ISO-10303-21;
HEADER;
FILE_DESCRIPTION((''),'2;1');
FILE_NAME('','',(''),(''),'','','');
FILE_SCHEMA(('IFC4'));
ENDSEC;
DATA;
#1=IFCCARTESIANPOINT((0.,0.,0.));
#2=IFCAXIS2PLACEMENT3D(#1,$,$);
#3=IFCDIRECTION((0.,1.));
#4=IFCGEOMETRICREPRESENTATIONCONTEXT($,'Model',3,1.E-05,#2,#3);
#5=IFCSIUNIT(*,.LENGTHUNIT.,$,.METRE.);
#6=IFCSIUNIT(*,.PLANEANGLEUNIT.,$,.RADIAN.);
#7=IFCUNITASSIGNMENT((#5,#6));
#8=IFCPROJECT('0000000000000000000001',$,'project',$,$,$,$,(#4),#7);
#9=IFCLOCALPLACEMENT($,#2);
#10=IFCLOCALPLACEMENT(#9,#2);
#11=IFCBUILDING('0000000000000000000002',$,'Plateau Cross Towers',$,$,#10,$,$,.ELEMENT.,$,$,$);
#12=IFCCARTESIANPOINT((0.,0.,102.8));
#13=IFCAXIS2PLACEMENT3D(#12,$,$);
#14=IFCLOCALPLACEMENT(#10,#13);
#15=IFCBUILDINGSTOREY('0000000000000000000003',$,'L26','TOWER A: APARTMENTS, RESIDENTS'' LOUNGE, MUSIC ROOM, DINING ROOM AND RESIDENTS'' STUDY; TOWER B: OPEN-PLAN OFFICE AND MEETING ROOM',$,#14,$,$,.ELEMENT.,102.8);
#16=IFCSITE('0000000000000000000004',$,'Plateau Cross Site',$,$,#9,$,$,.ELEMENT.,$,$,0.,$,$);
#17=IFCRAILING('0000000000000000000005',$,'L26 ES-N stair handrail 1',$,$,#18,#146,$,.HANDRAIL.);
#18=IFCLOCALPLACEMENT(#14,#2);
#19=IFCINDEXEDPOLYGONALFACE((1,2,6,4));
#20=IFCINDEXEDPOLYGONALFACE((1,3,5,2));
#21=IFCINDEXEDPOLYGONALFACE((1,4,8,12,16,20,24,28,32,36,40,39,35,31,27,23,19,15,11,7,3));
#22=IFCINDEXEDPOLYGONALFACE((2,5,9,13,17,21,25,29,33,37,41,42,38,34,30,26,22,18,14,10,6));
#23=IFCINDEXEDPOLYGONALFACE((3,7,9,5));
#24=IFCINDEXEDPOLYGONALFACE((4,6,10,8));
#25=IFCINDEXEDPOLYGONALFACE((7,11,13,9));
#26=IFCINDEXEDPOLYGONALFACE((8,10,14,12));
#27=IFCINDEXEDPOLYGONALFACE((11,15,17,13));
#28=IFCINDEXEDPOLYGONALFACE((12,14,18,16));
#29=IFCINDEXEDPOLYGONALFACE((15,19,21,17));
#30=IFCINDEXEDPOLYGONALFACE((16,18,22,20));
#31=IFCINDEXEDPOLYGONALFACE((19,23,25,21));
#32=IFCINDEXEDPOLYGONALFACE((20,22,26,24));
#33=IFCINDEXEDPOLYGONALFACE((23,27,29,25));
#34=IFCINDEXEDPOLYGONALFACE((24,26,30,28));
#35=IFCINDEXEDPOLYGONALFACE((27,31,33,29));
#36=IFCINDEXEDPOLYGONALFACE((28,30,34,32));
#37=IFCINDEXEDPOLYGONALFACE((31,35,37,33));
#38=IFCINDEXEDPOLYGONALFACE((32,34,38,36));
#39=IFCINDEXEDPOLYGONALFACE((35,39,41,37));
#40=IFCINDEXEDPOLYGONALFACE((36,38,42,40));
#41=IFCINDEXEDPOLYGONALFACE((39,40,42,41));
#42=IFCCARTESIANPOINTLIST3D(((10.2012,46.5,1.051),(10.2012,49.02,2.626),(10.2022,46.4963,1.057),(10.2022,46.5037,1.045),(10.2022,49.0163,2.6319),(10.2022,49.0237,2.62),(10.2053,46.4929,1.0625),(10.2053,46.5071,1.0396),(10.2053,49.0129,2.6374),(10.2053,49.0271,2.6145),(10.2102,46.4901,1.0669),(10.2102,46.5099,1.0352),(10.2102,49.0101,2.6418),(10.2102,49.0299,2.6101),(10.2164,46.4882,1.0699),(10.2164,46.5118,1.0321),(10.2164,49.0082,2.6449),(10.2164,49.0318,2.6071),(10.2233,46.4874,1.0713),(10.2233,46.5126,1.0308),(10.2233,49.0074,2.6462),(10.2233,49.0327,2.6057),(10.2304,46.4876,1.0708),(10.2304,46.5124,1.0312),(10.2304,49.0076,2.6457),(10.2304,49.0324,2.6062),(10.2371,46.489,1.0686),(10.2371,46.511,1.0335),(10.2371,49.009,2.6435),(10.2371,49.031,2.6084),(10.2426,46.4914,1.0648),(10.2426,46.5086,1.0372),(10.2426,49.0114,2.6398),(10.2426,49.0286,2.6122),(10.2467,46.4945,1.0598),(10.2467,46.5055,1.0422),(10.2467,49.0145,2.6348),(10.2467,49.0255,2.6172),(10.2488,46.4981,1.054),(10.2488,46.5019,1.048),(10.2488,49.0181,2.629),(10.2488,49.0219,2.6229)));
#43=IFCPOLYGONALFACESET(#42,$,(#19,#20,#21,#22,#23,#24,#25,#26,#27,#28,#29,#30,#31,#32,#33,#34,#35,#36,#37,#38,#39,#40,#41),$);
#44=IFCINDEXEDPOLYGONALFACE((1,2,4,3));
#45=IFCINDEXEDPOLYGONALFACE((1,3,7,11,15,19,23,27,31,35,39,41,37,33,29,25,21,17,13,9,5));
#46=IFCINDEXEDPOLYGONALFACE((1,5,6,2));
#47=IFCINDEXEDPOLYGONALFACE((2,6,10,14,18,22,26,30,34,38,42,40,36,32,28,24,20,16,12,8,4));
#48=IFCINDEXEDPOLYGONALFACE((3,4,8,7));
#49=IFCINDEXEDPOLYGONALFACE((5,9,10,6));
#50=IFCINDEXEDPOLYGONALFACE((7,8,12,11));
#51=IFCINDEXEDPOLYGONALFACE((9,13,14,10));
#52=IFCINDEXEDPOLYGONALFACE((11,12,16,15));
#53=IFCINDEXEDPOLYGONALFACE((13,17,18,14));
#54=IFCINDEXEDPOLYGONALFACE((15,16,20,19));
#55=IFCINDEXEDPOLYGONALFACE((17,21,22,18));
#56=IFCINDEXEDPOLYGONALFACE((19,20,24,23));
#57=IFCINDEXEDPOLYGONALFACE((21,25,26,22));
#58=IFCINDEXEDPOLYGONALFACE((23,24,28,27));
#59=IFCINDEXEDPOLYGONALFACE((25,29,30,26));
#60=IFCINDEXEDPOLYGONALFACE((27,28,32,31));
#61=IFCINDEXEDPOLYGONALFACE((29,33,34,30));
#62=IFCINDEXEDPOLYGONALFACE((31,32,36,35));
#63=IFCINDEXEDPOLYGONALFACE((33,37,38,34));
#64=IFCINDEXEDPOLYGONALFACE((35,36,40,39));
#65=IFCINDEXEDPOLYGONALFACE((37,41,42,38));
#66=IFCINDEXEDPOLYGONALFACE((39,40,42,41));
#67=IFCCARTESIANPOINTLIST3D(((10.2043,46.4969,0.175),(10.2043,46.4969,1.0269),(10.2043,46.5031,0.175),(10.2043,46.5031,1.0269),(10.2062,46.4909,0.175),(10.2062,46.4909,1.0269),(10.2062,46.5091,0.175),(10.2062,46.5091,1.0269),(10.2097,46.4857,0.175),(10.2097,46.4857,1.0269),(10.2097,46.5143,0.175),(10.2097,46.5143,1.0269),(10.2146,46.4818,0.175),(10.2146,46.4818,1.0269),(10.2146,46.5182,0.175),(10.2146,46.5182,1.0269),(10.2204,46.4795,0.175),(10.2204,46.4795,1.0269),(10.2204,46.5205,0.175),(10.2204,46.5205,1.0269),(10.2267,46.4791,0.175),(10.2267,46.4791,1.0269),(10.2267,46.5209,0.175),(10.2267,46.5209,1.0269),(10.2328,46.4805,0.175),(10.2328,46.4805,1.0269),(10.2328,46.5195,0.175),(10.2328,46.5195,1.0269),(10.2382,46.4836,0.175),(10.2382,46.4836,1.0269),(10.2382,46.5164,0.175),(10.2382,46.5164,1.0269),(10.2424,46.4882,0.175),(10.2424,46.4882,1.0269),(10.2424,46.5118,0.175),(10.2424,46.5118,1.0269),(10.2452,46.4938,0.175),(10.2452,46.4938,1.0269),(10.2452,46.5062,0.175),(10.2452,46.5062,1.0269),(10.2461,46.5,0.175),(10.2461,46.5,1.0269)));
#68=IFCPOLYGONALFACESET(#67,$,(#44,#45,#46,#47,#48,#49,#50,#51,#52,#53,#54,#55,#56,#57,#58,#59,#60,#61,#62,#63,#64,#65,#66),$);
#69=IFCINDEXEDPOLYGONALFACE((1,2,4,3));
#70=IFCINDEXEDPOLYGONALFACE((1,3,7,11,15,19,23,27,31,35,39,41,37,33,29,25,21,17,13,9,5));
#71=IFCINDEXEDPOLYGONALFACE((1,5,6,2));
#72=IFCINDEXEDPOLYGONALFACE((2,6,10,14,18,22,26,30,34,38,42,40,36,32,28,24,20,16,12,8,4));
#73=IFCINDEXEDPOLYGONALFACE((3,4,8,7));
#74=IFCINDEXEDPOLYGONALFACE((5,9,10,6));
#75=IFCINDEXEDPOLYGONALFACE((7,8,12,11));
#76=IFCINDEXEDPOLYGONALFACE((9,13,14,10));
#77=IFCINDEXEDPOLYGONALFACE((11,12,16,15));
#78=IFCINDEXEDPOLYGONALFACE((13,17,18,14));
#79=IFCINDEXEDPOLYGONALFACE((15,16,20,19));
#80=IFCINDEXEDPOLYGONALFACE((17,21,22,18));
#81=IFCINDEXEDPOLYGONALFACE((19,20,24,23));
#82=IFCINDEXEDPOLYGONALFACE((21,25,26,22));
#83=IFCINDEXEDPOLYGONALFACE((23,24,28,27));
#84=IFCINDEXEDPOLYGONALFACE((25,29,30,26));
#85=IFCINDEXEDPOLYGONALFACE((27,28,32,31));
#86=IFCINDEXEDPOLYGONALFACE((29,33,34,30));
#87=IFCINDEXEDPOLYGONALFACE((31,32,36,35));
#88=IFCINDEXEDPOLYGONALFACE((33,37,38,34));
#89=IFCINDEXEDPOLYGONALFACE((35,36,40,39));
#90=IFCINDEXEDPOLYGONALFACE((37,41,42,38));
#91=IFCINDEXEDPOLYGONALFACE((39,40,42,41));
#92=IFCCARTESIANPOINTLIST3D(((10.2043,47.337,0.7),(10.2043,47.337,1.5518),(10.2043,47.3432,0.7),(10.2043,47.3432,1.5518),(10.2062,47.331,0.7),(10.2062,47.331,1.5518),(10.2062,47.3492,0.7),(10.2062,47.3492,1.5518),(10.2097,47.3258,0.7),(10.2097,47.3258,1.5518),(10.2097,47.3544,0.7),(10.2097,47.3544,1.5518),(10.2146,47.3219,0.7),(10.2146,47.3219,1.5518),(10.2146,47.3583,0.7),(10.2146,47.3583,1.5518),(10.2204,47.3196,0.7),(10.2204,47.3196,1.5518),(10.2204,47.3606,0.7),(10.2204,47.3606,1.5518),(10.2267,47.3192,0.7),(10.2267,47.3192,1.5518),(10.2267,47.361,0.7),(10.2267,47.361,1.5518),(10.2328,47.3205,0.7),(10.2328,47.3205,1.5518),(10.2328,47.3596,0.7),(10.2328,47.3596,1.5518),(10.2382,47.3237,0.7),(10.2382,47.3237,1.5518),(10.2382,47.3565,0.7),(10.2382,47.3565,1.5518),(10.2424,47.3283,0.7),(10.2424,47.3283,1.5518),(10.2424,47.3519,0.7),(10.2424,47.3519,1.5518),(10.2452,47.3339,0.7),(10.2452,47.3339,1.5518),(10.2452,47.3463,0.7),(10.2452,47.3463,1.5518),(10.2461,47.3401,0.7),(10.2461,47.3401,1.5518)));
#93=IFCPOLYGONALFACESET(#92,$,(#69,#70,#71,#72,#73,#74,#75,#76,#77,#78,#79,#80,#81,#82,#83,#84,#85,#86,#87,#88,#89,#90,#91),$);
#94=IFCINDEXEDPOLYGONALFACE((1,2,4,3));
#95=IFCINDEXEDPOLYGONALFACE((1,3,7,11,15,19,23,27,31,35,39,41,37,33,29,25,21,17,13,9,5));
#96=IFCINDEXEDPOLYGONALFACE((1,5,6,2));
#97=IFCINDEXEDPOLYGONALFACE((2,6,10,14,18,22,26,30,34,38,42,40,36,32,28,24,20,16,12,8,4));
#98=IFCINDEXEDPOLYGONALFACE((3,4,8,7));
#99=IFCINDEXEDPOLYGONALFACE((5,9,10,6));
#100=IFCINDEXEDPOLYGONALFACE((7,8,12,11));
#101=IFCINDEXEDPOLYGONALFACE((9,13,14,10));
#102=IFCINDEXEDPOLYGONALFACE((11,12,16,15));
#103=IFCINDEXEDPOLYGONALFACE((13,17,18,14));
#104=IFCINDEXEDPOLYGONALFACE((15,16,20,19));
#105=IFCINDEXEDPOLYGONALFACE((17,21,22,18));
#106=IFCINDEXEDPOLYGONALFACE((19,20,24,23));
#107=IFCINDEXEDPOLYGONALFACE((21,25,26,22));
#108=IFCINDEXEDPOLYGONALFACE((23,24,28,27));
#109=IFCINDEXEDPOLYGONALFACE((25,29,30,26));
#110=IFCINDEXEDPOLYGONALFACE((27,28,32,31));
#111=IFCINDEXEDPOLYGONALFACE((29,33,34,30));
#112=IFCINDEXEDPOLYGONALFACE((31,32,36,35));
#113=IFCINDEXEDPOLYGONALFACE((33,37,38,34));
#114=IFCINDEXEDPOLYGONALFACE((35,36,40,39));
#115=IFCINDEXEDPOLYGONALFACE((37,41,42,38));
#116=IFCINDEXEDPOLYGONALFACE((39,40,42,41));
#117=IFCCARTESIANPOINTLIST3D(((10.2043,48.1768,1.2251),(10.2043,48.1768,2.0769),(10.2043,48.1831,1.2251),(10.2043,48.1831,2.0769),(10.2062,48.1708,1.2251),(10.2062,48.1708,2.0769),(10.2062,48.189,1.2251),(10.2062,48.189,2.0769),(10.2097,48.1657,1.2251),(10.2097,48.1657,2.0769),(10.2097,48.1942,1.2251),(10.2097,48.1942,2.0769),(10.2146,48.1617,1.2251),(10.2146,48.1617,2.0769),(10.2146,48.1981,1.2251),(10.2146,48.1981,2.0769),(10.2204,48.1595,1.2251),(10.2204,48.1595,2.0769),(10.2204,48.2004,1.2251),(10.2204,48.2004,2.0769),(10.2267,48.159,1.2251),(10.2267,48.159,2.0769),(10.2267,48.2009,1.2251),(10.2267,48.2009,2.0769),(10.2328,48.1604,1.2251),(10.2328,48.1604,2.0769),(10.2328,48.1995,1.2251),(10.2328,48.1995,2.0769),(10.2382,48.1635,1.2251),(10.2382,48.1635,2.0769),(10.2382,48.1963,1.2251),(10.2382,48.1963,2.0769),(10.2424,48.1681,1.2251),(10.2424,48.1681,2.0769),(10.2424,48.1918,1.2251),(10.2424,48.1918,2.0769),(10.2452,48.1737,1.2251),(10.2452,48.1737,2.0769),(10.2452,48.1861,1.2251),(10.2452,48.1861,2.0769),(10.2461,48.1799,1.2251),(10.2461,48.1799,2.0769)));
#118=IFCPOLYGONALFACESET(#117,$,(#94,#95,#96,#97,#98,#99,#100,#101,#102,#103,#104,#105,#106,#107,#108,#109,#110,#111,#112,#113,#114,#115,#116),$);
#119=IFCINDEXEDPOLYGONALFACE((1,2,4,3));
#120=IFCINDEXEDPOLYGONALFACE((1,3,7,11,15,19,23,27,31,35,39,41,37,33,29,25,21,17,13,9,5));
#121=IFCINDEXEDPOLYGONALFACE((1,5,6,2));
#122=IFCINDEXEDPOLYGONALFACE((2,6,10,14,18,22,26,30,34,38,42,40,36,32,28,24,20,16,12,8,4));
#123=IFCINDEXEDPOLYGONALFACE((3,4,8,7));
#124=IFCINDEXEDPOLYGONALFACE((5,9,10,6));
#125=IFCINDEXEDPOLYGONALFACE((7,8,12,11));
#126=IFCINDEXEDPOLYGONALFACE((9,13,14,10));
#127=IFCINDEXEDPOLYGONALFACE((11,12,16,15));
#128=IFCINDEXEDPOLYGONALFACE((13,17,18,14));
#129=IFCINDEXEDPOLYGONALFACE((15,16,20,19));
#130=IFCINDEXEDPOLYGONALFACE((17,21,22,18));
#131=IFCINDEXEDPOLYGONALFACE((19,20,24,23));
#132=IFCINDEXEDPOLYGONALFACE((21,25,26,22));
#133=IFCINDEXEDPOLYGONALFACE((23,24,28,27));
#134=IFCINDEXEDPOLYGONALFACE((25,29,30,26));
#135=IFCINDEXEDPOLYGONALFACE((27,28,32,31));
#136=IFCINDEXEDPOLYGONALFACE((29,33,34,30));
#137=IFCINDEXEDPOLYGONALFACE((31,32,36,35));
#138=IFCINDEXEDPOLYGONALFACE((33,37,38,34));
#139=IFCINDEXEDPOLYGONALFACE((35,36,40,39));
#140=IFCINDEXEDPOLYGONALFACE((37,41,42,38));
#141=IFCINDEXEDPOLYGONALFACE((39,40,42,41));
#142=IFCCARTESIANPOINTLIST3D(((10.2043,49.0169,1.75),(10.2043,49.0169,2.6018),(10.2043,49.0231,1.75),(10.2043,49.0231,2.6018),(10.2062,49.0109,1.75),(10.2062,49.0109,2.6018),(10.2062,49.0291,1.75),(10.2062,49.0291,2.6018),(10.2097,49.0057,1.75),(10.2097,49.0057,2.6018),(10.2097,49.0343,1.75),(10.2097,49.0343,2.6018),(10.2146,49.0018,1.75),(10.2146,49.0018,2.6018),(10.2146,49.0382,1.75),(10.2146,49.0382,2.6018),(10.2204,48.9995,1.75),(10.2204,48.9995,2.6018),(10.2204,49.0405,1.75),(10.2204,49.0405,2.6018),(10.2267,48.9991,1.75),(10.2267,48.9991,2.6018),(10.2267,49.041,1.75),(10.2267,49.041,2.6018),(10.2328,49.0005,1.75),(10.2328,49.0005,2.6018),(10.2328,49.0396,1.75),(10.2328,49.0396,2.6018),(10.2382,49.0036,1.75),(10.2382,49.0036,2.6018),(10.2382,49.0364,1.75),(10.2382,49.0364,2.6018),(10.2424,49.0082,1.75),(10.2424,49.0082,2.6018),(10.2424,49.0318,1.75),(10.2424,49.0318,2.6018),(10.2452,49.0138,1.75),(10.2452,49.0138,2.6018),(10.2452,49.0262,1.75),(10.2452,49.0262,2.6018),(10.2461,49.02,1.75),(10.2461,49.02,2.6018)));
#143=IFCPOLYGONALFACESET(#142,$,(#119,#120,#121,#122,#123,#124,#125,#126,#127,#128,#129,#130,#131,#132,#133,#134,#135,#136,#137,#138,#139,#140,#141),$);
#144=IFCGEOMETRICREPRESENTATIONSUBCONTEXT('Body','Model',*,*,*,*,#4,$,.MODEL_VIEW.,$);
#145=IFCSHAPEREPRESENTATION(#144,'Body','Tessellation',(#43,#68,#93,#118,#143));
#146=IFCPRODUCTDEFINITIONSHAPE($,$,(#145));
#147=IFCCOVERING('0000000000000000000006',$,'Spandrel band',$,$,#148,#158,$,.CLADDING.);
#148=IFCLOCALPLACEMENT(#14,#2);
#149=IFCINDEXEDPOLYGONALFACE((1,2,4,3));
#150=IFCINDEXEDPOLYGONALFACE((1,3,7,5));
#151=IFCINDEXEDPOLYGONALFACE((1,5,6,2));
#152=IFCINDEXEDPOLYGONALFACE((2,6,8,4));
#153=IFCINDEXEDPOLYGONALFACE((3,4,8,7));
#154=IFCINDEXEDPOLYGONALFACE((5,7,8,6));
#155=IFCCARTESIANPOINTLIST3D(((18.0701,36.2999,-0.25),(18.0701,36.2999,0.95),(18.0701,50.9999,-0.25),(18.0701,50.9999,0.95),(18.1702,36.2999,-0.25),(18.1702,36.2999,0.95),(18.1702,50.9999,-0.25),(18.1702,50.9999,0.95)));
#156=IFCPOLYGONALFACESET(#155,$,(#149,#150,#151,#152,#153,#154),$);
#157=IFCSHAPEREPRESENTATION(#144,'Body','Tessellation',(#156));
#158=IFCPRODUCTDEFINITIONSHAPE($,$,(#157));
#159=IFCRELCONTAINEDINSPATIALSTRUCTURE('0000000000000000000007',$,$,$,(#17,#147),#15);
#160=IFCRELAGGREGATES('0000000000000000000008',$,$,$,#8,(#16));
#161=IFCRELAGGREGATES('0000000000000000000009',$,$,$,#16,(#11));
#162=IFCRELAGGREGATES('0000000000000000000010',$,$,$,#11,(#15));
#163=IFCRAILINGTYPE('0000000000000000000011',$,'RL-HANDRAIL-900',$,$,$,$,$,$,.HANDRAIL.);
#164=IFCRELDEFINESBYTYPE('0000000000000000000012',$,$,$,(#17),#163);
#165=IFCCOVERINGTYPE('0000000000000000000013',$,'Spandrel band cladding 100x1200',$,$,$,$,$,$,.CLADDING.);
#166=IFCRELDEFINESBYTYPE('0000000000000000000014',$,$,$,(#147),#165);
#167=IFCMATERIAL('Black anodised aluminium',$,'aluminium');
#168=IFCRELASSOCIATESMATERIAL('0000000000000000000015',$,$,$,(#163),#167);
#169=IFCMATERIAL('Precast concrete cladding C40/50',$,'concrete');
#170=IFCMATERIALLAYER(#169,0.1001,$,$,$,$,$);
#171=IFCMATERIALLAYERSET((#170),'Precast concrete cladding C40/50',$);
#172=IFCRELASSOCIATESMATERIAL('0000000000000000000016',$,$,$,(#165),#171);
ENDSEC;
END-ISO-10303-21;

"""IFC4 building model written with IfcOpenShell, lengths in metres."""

from ifc_helpers import new_model, si_unit, direction, frame, origin, origin_2d, place, context, subcontext, project, spatial, rectangle, circle, extrude, material, layer, layer_set, type_object, element, save


model = new_model("IFC4")

# Units and contexts
model_context = context("Model", 3, precision=1e-05, world=origin(), true_north=direction((0.0, 1.0)))
body_context = subcontext(model_context, "Body", "Model", "MODEL_VIEW")
ifc_project = project(units=[si_unit("LENGTHUNIT", "METRE"), si_unit("PLANEANGLEUNIT", "RADIAN")], contexts=[model_context])

# Site, building, storey
site_placement = place(None, origin())
site = spatial("IfcSite", under=ifc_project, at=site_placement, Name="Plateau Cross Site", CompositionType="ELEMENT", RefElevation=0.0)
building_placement = place(site_placement, origin())
building = spatial("IfcBuilding", under=site, at=building_placement, Name="Plateau Cross Towers", CompositionType="ELEMENT")
storey_placement = place(building_placement, frame((0.0, 0.0, 102.8)))
storey = spatial("IfcBuildingStorey", under=building, at=storey_placement, Name="L26", Description="TOWER A: APARTMENTS, RESIDENTS' LOUNGE, MUSIC ROOM, DINING ROOM AND RESIDENTS' STUDY; TOWER B: OPEN-PLAN OFFICE AND MEETING ROOM", CompositionType="ELEMENT", Elevation=102.8)

# Shared definitions
ifc_material_1 = material(Name="Black anodised aluminium", Category="aluminium")

# Railing
railing_type_1 = type_object("IfcRailingType", Name="RL-HANDRAIL-900", PredefinedType="HANDRAIL", material=ifc_material_1)
railing_1_placement = place(storey_placement, frame((10.2251, 46.5, 0.175)))
element("IfcRailing", 1, at=railing_1_placement, inside=storey, type_object=railing_type_1, Name="L26 ES-N stair handrail 1", PredefinedType="HANDRAIL", context=body_context, shape_type="SweptSolid", body=[
    extrude(circle(Radius=0.0239, at=origin_2d()), frame((0.0, 0.0, 0.876), z_axis=(0.0, 0.848008, 0.529984), x_axis=(-1.0, 0.0, 0.0)), (0.0, 0.0, 1.0), 2.9717),
    extrude(circle(Radius=0.021, at=origin_2d()), origin(), (0.0, 0.0, 1.0), 0.8518),
    extrude(circle(Radius=0.021, at=origin_2d()), frame((0.0, 0.8401, 0.5249)), (0.0, 0.0, 1.0), 0.8518),
    extrude(circle(Radius=0.021, at=origin_2d()), frame((0.0, 1.6799, 1.05)), (0.0, 0.0, 1.0), 0.8518),
    extrude(circle(Radius=0.021, at=origin_2d()), frame((0.0, 2.52, 1.575)), (0.0, 0.0, 1.0), 0.8518),
])

# Covering
ifc_material_2 = material(Name="Precast concrete cladding C40/50", Category="concrete")
ifc_layer_1 = layer(ifc_material_2, 0.1001)
ifc_layer_set_1 = layer_set([ifc_layer_1], Name="Precast concrete cladding C40/50")
covering_type = type_object("IfcCoveringType", Name="Spandrel band cladding 100x1200", PredefinedType="CLADDING", material=ifc_layer_set_1)
covering_placement = place(storey_placement, frame((18.1201, 43.6499, -0.25), z_axis=(0.0, 0.0, 1.0), x_axis=(0.0, 1.0, 0.0)))
element("IfcCovering", 2, at=covering_placement, inside=storey, type_object=covering_type, Name="Spandrel band", PredefinedType="CLADDING", context=body_context, shape_type="SweptSolid", body=[
    extrude(rectangle(XDim=14.7, YDim=0.1001, at=origin_2d()), origin(), (0.0, 0.0, 1.0), 1.2),
])

save(model, "model.ifc")
